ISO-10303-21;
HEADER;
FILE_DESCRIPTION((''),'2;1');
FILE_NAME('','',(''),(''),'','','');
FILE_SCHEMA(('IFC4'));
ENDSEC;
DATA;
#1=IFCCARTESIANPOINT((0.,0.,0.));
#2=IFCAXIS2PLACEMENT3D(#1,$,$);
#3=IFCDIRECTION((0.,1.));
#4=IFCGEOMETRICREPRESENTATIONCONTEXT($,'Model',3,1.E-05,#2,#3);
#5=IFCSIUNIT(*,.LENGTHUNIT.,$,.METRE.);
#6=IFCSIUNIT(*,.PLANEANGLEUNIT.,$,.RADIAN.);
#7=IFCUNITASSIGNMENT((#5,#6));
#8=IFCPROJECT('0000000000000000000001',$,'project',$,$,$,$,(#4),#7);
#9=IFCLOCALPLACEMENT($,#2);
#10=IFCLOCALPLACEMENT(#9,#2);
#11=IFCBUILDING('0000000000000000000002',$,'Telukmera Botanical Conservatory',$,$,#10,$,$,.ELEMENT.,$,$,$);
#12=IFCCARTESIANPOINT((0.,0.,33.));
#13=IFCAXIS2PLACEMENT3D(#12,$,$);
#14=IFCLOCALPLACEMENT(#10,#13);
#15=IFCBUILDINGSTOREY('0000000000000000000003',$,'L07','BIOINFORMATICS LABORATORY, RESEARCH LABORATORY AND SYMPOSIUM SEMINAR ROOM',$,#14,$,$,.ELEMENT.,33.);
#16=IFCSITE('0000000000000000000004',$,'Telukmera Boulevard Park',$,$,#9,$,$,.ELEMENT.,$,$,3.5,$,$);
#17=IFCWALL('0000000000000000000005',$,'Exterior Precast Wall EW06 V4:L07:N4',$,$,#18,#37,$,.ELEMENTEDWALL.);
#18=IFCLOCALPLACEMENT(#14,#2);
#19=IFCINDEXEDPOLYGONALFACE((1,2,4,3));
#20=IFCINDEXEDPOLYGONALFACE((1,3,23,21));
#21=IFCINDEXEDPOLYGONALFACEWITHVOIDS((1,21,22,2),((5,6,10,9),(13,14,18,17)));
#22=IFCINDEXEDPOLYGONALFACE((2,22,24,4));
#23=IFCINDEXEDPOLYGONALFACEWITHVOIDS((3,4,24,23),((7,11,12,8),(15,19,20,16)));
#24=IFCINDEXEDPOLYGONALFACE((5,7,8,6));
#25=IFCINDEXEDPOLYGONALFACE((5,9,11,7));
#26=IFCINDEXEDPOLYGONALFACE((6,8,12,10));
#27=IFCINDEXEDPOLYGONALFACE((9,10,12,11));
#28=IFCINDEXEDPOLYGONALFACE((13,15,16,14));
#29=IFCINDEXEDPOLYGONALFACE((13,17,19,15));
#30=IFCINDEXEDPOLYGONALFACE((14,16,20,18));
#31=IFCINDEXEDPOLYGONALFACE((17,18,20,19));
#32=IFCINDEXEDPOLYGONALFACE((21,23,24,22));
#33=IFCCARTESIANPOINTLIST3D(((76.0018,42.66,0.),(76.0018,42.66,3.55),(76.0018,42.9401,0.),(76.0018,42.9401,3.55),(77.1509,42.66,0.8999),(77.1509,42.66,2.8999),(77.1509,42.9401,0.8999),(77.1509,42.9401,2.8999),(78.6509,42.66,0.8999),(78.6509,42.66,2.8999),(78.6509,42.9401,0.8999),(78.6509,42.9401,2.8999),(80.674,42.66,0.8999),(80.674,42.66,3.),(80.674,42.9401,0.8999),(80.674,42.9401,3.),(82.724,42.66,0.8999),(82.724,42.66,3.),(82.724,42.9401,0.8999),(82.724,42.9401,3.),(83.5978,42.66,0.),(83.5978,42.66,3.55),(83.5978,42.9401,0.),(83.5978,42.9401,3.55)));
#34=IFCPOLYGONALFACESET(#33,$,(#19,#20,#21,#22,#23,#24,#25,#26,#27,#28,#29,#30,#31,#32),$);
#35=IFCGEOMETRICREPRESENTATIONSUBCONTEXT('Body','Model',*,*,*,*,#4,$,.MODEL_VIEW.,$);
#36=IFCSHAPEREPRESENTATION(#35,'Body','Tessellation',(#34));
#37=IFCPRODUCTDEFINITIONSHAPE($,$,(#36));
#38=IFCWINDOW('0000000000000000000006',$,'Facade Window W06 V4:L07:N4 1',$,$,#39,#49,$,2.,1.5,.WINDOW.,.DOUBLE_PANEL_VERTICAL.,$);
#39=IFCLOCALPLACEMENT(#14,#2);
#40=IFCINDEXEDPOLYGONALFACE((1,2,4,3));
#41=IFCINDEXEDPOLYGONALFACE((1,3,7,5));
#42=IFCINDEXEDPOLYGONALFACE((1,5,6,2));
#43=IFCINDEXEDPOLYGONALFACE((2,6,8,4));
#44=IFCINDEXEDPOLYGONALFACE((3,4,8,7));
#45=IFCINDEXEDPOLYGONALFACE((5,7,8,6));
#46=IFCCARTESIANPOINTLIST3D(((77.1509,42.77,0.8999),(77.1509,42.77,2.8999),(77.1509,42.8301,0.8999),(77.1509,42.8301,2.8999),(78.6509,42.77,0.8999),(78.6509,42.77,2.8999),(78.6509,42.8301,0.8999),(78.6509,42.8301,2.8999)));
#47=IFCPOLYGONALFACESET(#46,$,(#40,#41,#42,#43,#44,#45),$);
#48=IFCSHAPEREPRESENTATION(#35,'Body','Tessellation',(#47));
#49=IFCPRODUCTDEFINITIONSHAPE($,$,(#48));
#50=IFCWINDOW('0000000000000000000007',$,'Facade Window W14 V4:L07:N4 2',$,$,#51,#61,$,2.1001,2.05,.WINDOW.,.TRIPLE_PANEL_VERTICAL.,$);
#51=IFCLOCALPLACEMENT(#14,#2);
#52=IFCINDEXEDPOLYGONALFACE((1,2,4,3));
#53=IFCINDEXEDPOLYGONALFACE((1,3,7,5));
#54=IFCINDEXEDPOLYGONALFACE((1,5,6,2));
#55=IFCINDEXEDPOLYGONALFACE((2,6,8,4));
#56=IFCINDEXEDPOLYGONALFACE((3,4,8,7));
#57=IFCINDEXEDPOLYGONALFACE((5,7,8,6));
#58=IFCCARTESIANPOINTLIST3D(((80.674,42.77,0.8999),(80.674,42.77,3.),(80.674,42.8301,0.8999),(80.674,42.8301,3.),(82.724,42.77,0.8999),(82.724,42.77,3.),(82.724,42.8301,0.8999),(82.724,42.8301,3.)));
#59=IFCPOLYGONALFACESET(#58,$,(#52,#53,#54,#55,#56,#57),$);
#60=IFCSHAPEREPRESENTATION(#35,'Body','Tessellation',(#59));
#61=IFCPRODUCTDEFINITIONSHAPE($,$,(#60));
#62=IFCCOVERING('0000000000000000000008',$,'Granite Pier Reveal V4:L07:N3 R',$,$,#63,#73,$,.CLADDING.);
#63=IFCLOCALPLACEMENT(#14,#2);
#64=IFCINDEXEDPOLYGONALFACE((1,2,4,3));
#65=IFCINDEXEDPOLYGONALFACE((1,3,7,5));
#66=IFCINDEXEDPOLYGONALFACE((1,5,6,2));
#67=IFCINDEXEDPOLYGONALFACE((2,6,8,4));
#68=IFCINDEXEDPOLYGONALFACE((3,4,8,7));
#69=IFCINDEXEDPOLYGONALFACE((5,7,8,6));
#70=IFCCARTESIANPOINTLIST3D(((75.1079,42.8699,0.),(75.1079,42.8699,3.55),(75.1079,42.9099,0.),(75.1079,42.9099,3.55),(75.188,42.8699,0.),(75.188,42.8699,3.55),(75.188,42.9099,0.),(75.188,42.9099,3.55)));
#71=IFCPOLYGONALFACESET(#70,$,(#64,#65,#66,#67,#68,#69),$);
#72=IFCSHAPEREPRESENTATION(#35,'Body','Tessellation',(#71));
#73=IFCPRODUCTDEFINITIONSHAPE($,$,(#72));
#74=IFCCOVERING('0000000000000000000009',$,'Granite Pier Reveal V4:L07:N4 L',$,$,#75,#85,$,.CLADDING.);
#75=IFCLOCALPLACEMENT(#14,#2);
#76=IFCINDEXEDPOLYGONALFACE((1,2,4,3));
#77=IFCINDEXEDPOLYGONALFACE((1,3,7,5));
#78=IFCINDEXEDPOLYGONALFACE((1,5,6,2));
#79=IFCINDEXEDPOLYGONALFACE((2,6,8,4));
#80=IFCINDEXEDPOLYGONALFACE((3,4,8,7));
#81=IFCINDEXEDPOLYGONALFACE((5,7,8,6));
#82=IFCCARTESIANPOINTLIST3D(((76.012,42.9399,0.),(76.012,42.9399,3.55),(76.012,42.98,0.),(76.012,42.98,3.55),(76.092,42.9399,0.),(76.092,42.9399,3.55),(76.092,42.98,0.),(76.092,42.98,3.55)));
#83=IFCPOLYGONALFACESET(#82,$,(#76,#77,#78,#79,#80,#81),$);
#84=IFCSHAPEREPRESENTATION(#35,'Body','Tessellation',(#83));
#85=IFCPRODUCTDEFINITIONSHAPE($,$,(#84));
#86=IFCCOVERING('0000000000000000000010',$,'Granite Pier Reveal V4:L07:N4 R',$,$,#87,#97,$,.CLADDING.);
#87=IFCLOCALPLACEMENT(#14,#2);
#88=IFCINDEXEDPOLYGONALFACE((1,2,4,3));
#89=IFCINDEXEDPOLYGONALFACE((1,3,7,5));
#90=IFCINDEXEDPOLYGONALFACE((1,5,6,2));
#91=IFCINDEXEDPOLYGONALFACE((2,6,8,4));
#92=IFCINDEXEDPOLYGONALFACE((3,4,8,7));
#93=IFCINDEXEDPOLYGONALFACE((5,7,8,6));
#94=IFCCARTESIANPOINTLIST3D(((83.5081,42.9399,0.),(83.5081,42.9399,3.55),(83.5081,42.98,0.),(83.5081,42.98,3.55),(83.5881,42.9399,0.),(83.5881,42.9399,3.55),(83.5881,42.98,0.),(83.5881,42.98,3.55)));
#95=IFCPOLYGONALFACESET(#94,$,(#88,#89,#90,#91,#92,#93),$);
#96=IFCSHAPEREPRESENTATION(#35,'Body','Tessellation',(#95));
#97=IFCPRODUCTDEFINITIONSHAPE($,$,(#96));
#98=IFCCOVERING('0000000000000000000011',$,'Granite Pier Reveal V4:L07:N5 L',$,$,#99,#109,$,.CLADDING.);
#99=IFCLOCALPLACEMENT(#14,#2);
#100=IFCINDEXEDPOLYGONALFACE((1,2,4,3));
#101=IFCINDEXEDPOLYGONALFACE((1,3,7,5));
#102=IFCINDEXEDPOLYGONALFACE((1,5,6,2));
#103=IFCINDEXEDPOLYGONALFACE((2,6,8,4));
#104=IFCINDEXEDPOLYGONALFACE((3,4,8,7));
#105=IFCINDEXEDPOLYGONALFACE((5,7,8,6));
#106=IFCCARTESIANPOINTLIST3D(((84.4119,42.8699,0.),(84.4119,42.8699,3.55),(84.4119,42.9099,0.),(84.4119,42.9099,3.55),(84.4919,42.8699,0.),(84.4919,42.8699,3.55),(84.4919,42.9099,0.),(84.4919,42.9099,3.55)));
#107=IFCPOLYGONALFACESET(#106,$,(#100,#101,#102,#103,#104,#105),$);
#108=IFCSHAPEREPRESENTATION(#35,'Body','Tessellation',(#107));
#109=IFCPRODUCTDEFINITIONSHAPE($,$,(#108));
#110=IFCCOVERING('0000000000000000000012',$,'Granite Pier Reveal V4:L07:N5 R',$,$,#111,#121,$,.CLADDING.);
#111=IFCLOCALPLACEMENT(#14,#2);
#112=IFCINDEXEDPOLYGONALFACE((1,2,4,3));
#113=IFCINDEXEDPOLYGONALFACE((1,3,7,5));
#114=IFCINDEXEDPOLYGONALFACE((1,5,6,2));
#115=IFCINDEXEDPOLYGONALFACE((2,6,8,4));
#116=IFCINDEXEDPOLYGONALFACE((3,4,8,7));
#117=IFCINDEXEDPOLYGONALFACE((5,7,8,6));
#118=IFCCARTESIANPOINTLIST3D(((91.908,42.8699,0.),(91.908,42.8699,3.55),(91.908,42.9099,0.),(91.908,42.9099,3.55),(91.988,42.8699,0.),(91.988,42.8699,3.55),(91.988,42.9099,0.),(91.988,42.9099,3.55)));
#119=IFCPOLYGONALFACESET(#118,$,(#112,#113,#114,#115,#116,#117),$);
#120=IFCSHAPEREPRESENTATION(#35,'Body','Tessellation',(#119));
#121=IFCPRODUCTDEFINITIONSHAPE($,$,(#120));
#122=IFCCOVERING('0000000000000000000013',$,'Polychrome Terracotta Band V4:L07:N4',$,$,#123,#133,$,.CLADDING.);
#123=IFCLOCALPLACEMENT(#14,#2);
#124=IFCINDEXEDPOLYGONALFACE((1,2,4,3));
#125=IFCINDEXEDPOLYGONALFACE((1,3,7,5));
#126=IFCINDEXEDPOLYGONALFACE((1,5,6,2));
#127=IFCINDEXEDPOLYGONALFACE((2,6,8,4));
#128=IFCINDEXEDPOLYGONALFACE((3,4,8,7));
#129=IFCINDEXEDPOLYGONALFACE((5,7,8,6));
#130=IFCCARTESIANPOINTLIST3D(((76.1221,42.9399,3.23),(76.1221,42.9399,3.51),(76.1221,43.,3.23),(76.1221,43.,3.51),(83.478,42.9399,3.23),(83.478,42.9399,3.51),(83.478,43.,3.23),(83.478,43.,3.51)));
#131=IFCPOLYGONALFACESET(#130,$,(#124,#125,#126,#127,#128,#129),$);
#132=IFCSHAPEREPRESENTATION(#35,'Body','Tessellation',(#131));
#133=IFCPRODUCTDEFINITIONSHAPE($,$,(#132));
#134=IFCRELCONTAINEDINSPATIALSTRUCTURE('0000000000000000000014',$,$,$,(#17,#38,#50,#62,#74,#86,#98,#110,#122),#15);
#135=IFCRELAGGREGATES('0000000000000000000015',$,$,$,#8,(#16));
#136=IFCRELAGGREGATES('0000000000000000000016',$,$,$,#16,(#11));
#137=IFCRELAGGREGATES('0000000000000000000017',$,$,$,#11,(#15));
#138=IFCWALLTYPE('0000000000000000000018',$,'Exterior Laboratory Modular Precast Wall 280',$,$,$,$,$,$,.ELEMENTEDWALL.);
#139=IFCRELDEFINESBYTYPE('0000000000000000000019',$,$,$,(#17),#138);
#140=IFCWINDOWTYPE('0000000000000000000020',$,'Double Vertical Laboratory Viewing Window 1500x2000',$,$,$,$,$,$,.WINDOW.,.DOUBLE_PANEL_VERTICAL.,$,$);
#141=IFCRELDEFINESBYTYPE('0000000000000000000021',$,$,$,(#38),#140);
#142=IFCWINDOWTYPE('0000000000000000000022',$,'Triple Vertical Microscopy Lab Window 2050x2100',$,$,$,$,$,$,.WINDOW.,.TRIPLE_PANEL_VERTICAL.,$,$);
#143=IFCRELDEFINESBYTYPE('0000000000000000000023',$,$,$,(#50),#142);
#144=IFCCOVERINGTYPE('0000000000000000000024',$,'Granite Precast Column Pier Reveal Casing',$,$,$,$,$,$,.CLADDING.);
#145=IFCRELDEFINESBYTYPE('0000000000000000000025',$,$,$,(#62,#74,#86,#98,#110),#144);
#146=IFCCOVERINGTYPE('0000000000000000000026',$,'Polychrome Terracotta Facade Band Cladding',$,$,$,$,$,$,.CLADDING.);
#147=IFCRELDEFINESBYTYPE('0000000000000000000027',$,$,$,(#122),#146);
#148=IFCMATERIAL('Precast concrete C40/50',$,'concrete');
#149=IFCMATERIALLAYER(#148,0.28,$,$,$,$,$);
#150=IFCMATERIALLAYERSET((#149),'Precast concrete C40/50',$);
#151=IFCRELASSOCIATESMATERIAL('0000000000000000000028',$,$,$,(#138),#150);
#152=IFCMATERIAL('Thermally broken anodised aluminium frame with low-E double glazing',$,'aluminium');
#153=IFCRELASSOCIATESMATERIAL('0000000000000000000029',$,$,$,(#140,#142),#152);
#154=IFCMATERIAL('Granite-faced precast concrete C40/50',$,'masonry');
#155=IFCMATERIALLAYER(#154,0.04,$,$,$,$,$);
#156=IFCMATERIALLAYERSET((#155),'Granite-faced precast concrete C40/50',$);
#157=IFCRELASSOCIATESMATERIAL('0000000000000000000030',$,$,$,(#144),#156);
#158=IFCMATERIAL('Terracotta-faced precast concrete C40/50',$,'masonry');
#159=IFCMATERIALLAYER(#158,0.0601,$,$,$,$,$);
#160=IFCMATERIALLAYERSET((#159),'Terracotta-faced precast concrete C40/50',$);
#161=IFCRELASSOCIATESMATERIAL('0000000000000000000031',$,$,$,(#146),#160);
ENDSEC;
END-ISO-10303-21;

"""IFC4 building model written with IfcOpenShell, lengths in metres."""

from ifc_helpers import new_model, si_unit, direction, frame, frame_2d, origin, origin_2d, place, context, subcontext, project, spatial, rectangle, extrude, material, layer, layer_set, type_object, element, fill, save


model = new_model("IFC4")

# Units and contexts
model_context = context("Model", 3, precision=1e-05, world=origin(), true_north=direction((0.0, 1.0)))
body_context = subcontext(model_context, "Body", "Model", "MODEL_VIEW")
ifc_project = project(units=[si_unit("LENGTHUNIT", "METRE"), si_unit("PLANEANGLEUNIT", "RADIAN")], contexts=[model_context])

# Site, building, storey
site_placement = place(None, origin())
site = spatial("IfcSite", under=ifc_project, at=site_placement, Name="Telukmera Boulevard Park", CompositionType="ELEMENT", RefElevation=3.5)
building_placement = place(site_placement, origin())
building = spatial("IfcBuilding", under=site, at=building_placement, Name="Telukmera Botanical Conservatory", CompositionType="ELEMENT")
storey_placement = place(building_placement, frame((0.0, 0.0, 33.0)))
storey = spatial("IfcBuildingStorey", under=building, at=storey_placement, Name="L07", Description="BIOINFORMATICS LABORATORY, RESEARCH LABORATORY AND SYMPOSIUM SEMINAR ROOM", CompositionType="ELEMENT", Elevation=33.0)

# Shared definitions
ifc_material_1 = material(Name="Precast concrete C40/50", Category="concrete")

# Wall, openings, windows
ifc_layer_1 = layer(ifc_material_1, 0.28)
ifc_layer_set_1 = layer_set([ifc_layer_1], Name="Precast concrete C40/50")
wall_type = type_object("IfcWallType", Name="Exterior Laboratory Modular Precast Wall 280", PredefinedType="ELEMENTEDWALL", material=ifc_layer_set_1)
wall_placement = place(storey_placement, frame((76.002, 42.8, 0.0), z_axis=(0.0, 0.0, 1.0), x_axis=(1.0, 0.0, 0.0)))
wall = element("IfcWall", 1, at=wall_placement, inside=storey, type_object=wall_type, Name="Exterior Precast Wall EW06 V4:L07:N4", PredefinedType="ELEMENTEDWALL", context=body_context, shape_type="SweptSolid", body=[
    extrude(rectangle(XDim=7.5959, YDim=0.28, at=frame_2d((3.7979, 0.0))), origin(), (0.0, 0.0, 1.0), 3.55),
])
opening_1_placement = place(wall_placement, frame((1.1489, 0.0, 0.8999)))
opening_1 = element("IfcOpeningElement", 2, at=opening_1_placement, cuts=wall, PredefinedType="OPENING", context=body_context, shape_type="SweptSolid", body=[
    extrude(rectangle(XDim=1.5, YDim=2.0, at=frame_2d((0.75, 1.0))), frame((0.0, 0.1499, 0.0), z_axis=(0.0, -1.0, 0.0), x_axis=(1.0, 0.0, 0.0)), (0.0, 0.0, 1.0), 0.3),
])
opening_2_placement = place(wall_placement, frame((4.6721, 0.0, 0.8999)))
opening_2 = element("IfcOpeningElement", 3, at=opening_2_placement, cuts=wall, PredefinedType="OPENING", context=body_context, shape_type="SweptSolid", body=[
    extrude(rectangle(XDim=2.05, YDim=2.1001, at=frame_2d((1.0249, 1.05))), frame((0.0, 0.1499, 0.0), z_axis=(0.0, -1.0, 0.0), x_axis=(1.0, 0.0, 0.0)), (0.0, 0.0, 1.0), 0.3),
])
ifc_material_2 = material(Name="Thermally broken anodised aluminium frame with low-E double glazing", Category="aluminium")
window_type_1 = type_object("IfcWindowType", Name="Double Vertical Laboratory Viewing Window 1500x2000", PartitioningType="DOUBLE_PANEL_VERTICAL", PredefinedType="WINDOW", material=ifc_material_2)
window_1_placement = place(opening_1_placement, origin())
window_1 = element("IfcWindow", 4, at=window_1_placement, inside=storey, type_object=window_type_1, Name="Facade Window W06 V4:L07:N4 1", OverallHeight=2.0, OverallWidth=1.5, PartitioningType="DOUBLE_PANEL_VERTICAL", PredefinedType="WINDOW", context=body_context, shape_type="SweptSolid", body=[
    extrude(rectangle(XDim=1.5, YDim=2.0, at=frame_2d((0.75, 1.0))), frame((0.0, 0.03, 0.0), z_axis=(0.0, -1.0, 0.0), x_axis=(1.0, 0.0, 0.0)), (0.0, 0.0, 1.0), 0.0601),
])
fill(opening_1, window_1)
window_type_2 = type_object("IfcWindowType", Name="Triple Vertical Microscopy Lab Window 2050x2100", PartitioningType="TRIPLE_PANEL_VERTICAL", PredefinedType="WINDOW", material=ifc_material_2)
window_2_placement = place(opening_2_placement, origin())
window_2 = element("IfcWindow", 5, at=window_2_placement, inside=storey, type_object=window_type_2, Name="Facade Window W14 V4:L07:N4 2", OverallHeight=2.1001, OverallWidth=2.05, PartitioningType="TRIPLE_PANEL_VERTICAL", PredefinedType="WINDOW", context=body_context, shape_type="SweptSolid", body=[
    extrude(rectangle(XDim=2.05, YDim=2.1001, at=frame_2d((1.0249, 1.05))), frame((0.0, 0.03, 0.0), z_axis=(0.0, -1.0, 0.0), x_axis=(1.0, 0.0, 0.0)), (0.0, 0.0, 1.0), 0.0601),
])
fill(opening_2, window_2)

# Coverings
ifc_material_3 = material(Name="Granite-faced precast concrete C40/50", Category="masonry")
ifc_layer_2 = layer(ifc_material_3, 0.04)
ifc_layer_set_2 = layer_set([ifc_layer_2], Name="Granite-faced precast concrete C40/50")
covering_type_1 = type_object("IfcCoveringType", Name="Granite Precast Column Pier Reveal Casing", PredefinedType="CLADDING", material=ifc_layer_set_2)
for number, where, z_axis, x_axis, name in (
    (6, (75.1479, 42.8899, 0.0), (0.0, 0.0, 1.0), (1.0, 0.0, 0.0), "Granite Pier Reveal V4:L07:N3 R"),
    (7, (76.052, 42.96, 0.0), (0.0, 0.0, 1.0), (1.0, 0.0, 0.0), "Granite Pier Reveal V4:L07:N4 L"),
    (8, (83.5481, 42.96, 0.0), (0.0, 0.0, 1.0), (1.0, 0.0, 0.0), "Granite Pier Reveal V4:L07:N4 R"),
    (9, (84.4519, 42.8899, 0.0), (0.0, 0.0, 1.0), (1.0, 0.0, 0.0), "Granite Pier Reveal V4:L07:N5 L"),
    (10, (91.948, 42.8899, 0.0), (0.0, 0.0, 1.0), (1.0, 0.0, 0.0), "Granite Pier Reveal V4:L07:N5 R"),
):
    element("IfcCovering", number, at=place(storey_placement, frame(where, z_axis=z_axis, x_axis=x_axis)), inside=storey, type_object=covering_type_1, Name=name, PredefinedType="CLADDING", context=body_context, shape_type="SweptSolid", body=[
        extrude(rectangle(XDim=0.0801, YDim=0.04, at=origin_2d()), origin(), (0.0, 0.0, 1.0), 3.55),
    ])
ifc_material_4 = material(Name="Terracotta-faced precast concrete C40/50", Category="masonry")
ifc_layer_3 = layer(ifc_material_4, 0.0601)
ifc_layer_set_3 = layer_set([ifc_layer_3], Name="Terracotta-faced precast concrete C40/50")
covering_type_2 = type_object("IfcCoveringType", Name="Polychrome Terracotta Facade Band Cladding", PredefinedType="CLADDING", material=ifc_layer_set_3)
covering_placement = place(storey_placement, frame((79.8, 42.97, 3.23), z_axis=(0.0, 0.0, 1.0), x_axis=(1.0, 0.0, 0.0)))
element("IfcCovering", 11, at=covering_placement, inside=storey, type_object=covering_type_2, Name="Polychrome Terracotta Band V4:L07:N4", PredefinedType="CLADDING", context=body_context, shape_type="SweptSolid", body=[
    extrude(rectangle(XDim=7.356, YDim=0.0601, at=origin_2d()), origin(), (0.0, 0.0, 1.0), 0.28),
])

save(model, "model.ifc")
